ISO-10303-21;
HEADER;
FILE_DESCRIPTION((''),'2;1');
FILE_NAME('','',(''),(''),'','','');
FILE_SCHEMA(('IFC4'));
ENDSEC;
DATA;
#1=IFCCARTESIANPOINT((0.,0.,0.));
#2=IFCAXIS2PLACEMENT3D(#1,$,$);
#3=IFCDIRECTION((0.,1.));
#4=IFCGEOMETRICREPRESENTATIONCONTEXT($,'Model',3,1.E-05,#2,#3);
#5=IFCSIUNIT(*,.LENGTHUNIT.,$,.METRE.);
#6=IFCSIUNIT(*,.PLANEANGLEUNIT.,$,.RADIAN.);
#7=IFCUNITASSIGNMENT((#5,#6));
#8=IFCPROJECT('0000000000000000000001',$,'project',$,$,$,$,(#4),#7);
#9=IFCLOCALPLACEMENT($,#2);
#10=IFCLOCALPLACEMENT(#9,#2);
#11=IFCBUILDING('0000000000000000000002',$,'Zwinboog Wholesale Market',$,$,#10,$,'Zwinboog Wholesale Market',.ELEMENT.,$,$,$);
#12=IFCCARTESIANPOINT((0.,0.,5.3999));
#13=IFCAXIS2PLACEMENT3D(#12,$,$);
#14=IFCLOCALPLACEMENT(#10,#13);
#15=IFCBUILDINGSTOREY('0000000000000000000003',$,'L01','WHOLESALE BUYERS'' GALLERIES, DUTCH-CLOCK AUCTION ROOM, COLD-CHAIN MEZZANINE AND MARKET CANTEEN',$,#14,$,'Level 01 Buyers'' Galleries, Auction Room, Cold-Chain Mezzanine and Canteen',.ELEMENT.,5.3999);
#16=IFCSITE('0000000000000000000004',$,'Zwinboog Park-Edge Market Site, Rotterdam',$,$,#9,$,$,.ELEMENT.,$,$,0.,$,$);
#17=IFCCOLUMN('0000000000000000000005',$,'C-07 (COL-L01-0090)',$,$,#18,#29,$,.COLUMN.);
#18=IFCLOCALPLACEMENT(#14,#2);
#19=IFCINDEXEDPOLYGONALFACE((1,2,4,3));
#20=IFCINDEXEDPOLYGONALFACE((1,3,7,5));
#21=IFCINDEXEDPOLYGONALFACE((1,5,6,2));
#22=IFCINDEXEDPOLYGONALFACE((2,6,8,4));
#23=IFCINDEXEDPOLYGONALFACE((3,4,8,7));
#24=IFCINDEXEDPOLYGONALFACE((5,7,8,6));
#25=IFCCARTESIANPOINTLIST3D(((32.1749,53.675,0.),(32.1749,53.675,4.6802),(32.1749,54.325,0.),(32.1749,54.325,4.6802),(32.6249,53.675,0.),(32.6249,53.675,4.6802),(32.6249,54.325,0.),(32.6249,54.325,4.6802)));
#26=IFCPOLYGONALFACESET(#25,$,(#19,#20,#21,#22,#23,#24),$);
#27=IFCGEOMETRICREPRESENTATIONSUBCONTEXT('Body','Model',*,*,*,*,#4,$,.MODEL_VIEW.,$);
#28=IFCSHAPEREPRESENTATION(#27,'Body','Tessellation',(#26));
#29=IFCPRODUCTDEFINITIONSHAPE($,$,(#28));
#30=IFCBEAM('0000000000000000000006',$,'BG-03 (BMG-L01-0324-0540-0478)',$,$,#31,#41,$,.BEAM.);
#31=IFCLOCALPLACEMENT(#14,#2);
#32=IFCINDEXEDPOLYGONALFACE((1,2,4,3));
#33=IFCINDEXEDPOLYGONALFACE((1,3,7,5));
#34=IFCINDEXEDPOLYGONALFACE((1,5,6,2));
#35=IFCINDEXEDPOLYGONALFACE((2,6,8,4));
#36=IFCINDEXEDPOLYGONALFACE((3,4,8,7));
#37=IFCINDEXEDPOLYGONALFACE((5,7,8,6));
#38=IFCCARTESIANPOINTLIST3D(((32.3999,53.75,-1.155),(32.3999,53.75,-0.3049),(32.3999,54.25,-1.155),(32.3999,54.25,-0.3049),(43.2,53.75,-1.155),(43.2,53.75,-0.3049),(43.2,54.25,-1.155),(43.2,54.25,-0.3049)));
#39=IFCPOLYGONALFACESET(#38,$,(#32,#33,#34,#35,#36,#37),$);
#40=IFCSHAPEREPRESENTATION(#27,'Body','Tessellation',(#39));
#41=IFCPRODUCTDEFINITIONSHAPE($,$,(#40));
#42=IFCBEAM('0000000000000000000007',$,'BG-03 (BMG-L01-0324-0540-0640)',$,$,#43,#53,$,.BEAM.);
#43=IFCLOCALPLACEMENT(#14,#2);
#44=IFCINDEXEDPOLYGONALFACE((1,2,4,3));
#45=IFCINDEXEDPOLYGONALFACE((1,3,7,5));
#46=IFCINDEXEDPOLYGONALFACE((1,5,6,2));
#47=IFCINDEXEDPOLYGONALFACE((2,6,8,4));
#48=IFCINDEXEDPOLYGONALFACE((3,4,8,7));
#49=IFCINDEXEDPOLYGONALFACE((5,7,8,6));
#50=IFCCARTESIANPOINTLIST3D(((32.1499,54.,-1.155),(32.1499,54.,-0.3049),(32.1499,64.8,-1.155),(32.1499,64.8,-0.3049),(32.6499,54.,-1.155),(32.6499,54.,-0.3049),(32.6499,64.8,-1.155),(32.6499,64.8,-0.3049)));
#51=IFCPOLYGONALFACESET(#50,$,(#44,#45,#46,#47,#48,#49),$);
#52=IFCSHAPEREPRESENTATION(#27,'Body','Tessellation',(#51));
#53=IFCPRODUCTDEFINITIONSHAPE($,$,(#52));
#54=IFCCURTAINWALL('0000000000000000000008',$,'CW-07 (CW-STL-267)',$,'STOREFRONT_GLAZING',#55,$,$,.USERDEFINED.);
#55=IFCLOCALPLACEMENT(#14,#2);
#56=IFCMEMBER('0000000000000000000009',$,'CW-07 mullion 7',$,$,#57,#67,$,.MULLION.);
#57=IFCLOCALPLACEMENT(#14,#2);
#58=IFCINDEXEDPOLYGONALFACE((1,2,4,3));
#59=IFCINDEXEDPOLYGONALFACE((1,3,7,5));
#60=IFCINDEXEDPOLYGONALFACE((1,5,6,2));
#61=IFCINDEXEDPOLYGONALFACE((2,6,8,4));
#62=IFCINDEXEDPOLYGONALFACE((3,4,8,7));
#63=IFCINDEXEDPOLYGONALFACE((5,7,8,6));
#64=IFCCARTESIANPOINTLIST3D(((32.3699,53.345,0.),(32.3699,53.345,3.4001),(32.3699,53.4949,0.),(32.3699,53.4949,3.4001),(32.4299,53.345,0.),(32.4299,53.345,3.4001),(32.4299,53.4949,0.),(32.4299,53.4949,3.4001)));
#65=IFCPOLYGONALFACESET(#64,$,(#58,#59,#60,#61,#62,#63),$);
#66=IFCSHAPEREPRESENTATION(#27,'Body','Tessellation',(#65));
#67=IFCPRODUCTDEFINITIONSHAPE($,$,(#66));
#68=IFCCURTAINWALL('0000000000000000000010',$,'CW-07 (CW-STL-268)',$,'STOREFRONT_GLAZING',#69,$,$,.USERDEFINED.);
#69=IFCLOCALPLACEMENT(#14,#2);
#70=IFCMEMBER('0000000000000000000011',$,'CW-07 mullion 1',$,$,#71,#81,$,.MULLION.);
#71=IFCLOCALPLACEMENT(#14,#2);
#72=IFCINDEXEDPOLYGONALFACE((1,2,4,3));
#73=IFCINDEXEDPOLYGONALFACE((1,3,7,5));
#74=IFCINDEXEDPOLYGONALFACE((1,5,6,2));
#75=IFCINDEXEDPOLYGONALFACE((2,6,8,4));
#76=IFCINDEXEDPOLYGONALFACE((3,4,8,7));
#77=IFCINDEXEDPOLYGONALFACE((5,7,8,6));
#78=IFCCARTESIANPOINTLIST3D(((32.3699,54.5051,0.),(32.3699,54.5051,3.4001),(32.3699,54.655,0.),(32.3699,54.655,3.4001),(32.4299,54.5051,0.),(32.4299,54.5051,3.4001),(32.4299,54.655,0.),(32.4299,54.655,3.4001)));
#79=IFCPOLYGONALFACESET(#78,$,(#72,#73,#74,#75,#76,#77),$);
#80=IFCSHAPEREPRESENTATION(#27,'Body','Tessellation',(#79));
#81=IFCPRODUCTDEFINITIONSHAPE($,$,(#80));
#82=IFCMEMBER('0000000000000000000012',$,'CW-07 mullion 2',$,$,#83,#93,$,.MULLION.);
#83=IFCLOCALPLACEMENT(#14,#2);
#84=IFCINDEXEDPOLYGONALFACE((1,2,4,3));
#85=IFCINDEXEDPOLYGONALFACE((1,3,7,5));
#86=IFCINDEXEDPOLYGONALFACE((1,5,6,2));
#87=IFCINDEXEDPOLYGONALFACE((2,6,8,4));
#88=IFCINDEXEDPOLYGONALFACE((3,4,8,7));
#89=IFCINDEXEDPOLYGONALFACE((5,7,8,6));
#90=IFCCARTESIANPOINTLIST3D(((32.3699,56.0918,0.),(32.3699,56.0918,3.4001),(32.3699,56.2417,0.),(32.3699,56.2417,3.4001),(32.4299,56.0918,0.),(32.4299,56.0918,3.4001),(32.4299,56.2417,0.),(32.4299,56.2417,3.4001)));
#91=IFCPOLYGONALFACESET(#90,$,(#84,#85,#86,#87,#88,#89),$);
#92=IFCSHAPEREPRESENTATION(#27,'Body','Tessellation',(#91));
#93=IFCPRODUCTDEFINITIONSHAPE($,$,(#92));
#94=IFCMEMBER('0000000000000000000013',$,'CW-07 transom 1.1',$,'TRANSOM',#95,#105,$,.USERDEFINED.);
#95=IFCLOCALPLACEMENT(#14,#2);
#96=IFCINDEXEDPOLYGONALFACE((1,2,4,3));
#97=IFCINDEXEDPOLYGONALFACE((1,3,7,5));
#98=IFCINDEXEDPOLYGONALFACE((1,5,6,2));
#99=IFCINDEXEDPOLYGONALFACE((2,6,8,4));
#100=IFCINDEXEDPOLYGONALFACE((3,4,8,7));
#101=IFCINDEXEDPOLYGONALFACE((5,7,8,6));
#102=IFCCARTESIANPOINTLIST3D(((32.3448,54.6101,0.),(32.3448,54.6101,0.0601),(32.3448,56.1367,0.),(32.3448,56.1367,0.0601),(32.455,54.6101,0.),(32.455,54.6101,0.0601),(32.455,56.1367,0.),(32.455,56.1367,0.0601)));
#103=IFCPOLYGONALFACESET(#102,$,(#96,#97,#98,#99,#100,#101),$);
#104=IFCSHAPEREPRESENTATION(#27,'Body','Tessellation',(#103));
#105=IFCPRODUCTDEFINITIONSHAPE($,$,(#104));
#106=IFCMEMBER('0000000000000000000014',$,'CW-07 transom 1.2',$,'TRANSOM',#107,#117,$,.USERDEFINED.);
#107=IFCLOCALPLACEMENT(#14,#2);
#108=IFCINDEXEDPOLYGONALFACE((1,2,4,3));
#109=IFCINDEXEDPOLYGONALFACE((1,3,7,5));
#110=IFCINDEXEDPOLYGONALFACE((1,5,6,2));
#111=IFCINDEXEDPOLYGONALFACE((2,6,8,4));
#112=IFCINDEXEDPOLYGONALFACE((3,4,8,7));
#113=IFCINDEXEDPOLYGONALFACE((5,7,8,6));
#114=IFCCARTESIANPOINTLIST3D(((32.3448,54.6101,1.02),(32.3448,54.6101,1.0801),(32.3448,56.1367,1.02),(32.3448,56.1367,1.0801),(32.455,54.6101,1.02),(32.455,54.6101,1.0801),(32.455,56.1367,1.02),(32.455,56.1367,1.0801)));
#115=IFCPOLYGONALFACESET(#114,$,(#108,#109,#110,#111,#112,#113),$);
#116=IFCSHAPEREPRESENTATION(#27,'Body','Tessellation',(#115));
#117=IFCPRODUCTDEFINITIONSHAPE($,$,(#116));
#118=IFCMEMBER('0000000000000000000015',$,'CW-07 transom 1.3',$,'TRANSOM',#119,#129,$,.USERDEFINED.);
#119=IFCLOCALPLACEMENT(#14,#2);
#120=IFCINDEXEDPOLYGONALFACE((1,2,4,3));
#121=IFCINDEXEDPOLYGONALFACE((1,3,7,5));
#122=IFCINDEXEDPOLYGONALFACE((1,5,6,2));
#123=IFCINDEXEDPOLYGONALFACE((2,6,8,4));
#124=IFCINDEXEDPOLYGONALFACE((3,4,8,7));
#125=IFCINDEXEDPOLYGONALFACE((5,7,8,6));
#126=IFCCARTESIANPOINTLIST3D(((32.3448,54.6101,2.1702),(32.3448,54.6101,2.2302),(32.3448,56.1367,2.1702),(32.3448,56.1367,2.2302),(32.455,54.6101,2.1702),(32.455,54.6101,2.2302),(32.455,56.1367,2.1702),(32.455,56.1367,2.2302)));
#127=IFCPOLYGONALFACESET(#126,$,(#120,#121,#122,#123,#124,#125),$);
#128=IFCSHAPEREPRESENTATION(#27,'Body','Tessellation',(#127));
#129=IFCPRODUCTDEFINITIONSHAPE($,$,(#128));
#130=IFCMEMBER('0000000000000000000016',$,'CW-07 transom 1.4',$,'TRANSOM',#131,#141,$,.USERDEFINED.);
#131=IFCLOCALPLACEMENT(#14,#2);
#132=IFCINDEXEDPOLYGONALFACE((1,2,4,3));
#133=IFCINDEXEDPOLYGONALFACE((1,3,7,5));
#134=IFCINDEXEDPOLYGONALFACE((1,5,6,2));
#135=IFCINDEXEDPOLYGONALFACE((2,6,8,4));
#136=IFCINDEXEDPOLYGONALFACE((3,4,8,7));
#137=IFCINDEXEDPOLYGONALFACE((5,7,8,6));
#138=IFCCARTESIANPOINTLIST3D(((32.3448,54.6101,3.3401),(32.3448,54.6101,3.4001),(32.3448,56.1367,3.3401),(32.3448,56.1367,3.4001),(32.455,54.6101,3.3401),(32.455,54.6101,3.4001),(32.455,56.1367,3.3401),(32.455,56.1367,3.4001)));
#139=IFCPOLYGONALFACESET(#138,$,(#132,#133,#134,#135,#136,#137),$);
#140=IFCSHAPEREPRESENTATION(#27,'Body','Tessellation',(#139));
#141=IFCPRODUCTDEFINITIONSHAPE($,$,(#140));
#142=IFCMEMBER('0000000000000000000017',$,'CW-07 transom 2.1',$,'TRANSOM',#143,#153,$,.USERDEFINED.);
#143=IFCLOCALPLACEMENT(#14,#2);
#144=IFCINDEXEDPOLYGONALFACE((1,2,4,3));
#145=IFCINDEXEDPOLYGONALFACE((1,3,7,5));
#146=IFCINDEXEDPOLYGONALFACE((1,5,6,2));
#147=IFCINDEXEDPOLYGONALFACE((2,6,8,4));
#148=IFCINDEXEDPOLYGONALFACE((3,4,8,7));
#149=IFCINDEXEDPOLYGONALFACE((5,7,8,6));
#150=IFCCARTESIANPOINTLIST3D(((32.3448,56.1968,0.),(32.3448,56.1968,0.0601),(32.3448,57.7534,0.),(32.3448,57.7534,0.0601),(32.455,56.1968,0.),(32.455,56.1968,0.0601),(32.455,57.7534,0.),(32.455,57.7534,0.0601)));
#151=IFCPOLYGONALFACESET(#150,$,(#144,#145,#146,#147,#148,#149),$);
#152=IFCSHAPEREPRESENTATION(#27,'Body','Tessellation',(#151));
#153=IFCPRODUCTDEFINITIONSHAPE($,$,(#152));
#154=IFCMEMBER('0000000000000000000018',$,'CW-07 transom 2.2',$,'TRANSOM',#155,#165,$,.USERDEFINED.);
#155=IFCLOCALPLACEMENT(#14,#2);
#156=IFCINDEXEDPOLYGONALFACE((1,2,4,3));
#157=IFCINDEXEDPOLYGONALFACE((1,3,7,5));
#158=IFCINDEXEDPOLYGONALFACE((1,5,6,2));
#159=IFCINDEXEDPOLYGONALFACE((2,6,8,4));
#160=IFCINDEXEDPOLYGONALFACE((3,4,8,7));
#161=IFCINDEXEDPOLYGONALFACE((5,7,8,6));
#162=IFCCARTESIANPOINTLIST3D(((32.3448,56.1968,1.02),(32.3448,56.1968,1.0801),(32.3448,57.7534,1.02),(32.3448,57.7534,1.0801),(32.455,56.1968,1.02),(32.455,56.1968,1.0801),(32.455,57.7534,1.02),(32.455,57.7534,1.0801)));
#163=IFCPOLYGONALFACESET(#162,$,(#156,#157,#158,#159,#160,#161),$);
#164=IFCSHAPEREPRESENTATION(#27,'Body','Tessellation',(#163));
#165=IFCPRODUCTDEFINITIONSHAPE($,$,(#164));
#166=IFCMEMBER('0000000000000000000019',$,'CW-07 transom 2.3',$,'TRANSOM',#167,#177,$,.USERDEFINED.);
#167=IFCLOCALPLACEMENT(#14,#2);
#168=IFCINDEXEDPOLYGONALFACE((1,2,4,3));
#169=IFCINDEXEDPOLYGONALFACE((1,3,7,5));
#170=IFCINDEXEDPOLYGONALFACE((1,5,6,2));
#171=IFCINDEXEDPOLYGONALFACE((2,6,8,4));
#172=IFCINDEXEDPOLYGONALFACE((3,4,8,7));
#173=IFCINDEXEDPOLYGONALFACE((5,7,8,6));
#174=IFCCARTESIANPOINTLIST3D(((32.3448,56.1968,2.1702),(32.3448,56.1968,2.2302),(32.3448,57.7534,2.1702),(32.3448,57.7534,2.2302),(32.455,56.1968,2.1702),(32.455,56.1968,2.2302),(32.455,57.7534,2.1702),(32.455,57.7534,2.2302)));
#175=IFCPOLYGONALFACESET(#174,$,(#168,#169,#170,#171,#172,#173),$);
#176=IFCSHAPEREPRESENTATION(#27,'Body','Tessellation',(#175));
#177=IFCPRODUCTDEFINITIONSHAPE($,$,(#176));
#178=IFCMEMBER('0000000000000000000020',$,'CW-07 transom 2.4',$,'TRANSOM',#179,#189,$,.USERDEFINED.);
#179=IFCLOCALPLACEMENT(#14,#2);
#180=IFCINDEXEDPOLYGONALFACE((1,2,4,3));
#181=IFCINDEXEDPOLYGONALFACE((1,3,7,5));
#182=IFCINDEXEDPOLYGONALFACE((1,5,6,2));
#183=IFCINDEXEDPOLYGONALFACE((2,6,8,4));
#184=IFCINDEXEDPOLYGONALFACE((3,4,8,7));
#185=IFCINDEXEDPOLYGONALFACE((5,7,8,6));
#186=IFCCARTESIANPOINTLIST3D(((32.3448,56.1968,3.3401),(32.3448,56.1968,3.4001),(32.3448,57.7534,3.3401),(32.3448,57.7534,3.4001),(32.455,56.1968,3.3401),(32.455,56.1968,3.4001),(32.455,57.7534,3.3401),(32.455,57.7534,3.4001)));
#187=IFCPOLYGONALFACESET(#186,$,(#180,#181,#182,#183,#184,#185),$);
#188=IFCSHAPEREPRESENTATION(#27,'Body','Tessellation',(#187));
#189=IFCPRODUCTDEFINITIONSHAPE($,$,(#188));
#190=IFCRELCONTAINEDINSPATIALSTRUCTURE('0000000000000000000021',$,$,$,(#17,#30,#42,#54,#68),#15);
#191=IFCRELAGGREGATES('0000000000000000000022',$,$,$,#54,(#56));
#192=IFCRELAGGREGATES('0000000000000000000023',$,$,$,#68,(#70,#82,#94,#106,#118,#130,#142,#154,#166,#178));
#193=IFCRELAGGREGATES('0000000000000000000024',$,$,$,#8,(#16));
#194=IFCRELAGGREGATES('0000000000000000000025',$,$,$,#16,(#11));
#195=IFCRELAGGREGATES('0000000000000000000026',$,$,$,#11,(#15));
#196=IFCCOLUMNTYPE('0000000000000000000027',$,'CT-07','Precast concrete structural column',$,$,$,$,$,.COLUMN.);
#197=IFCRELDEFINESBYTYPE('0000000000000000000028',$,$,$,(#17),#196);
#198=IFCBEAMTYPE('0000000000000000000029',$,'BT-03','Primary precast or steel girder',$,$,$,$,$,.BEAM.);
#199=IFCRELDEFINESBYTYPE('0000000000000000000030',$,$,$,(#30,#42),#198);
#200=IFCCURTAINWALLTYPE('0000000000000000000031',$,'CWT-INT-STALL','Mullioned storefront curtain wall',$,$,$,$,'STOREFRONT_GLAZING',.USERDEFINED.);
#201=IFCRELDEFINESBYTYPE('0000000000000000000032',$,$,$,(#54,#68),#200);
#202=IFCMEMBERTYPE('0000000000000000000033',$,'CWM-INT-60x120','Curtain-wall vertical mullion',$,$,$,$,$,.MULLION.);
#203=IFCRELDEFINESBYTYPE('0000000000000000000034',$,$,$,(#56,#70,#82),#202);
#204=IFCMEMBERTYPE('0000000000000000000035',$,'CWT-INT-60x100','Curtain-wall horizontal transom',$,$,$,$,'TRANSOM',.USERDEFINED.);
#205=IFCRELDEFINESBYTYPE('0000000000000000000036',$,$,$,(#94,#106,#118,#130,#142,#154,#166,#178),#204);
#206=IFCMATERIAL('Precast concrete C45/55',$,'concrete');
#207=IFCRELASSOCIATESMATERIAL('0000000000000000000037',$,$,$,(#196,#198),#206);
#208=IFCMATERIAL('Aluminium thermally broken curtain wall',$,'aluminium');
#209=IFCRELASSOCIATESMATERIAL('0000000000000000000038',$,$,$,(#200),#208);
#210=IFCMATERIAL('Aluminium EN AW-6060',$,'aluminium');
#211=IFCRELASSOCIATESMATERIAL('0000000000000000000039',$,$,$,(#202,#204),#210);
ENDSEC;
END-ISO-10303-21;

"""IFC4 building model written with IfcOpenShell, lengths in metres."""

from ifc_helpers import new_model, si_unit, direction, frame, origin, origin_2d, place, context, subcontext, project, spatial, rectangle, extrude, material, material_profile, profile_set, type_object, element, aggregate, save


model = new_model("IFC4")

# Units and contexts
model_context = context("Model", 3, precision=1e-05, world=origin(), true_north=direction((0.0, 1.0)))
body_context = subcontext(model_context, "Body", "Model", "MODEL_VIEW")
ifc_project = project(units=[si_unit("LENGTHUNIT", "METRE"), si_unit("PLANEANGLEUNIT", "RADIAN")], contexts=[model_context])

# Site, building, storey
site_placement = place(None, origin())
site = spatial("IfcSite", under=ifc_project, at=site_placement, Name="Zwinboog Park-Edge Market Site, Rotterdam", CompositionType="ELEMENT", RefElevation=0.0)
building_placement = place(site_placement, origin())
building = spatial("IfcBuilding", under=site, at=building_placement, Name="Zwinboog Wholesale Market", LongName="Zwinboog Wholesale Market", CompositionType="ELEMENT")
storey_placement = place(building_placement, frame((0.0, 0.0, 5.3999)))
storey = spatial("IfcBuildingStorey", under=building, at=storey_placement, Name="L01", Description="WHOLESALE BUYERS' GALLERIES, DUTCH-CLOCK AUCTION ROOM, COLD-CHAIN MEZZANINE AND MARKET CANTEEN", LongName="Level 01 Buyers' Galleries, Auction Room, Cold-Chain Mezzanine and Canteen", CompositionType="ELEMENT", Elevation=5.3999)

# Column
ifc_material_1 = material(Name="Precast concrete C45/55", Category="concrete")
ifc_material_profile_1 = material_profile(ifc_material_1, rectangle(XDim=0.45, YDim=0.6499, at=origin_2d()), Name="PC 450x650")
ifc_profile_set_1 = profile_set([ifc_material_profile_1], Name="Precast concrete C45/55")
column_type = type_object("IfcColumnType", Name="CT-07", Description="Precast concrete structural column", PredefinedType="COLUMN", material=ifc_profile_set_1)
column_placement = place(storey_placement, frame((32.3999, 54.0, 0.0), z_axis=(0.0, 0.0, 1.0), x_axis=(1.0, 0.0, 0.0)))
element("IfcColumn", 1, at=column_placement, inside=storey, type_object=column_type, Name="C-07 (COL-L01-0090)", PredefinedType="COLUMN", context=body_context, shape_type="SweptSolid", body=[
    extrude(rectangle(XDim=0.45, YDim=0.6499, at=origin_2d()), origin(), (0.0, 0.0, 1.0), 4.6802),
])

# Beams
ifc_material_profile_2 = material_profile(ifc_material_1, rectangle(XDim=0.5, YDim=0.8501, at=origin_2d()), Name="PC 500x850")
ifc_profile_set_2 = profile_set([ifc_material_profile_2], Name="Precast concrete C45/55")
beam_type = type_object("IfcBeamType", Name="BT-03", Description="Primary precast or steel girder", PredefinedType="BEAM", material=ifc_profile_set_2)
for number, where, z_axis, x_axis, name in (
    (2, (32.3999, 54.0, -0.73), (1.0, 0.0, 0.0), (0.0, 1.0, 0.0), "BG-03 (BMG-L01-0324-0540-0478)"),
    (3, (32.3999, 54.0, -0.73), (0.0, 1.0, 0.0), (-1.0, 0.0, 0.0), "BG-03 (BMG-L01-0324-0540-0640)"),
):
    element("IfcBeam", number, at=place(storey_placement, frame(where, z_axis=z_axis, x_axis=x_axis)), inside=storey, type_object=beam_type, Name=name, PredefinedType="BEAM", context=body_context, shape_type="SweptSolid", body=[
        extrude(rectangle(XDim=0.5, YDim=0.8501, at=origin_2d()), origin(), (0.0, 0.0, 1.0), 10.8),
    ])

# Curtain wall, member
ifc_material_2 = material(Name="Aluminium thermally broken curtain wall", Category="aluminium")
curtain_wall_type = type_object("IfcCurtainWallType", Name="CWT-INT-STALL", Description="Mullioned storefront curtain wall", ElementType="STOREFRONT_GLAZING", PredefinedType="USERDEFINED", material=ifc_material_2)
curtain_wall_1_placement = place(storey_placement, origin())
curtain_wall_1 = element("IfcCurtainWall", 4, at=curtain_wall_1_placement, inside=storey, type_object=curtain_wall_type, Name="CW-07 (CW-STL-267)", ObjectType="STOREFRONT_GLAZING", PredefinedType="USERDEFINED")
ifc_material_3 = material(Name="Aluminium EN AW-6060", Category="aluminium")
ifc_material_profile_3 = material_profile(ifc_material_3, rectangle(XDim=0.0601, YDim=0.1499, at=origin_2d()), Name="AL 60x150")
ifc_profile_set_3 = profile_set([ifc_material_profile_3], Name="Aluminium EN AW-6060")
member_type_1 = type_object("IfcMemberType", Name="CWM-INT-60x120", Description="Curtain-wall vertical mullion", PredefinedType="MULLION", material=ifc_profile_set_3)
member_1_placement = place(storey_placement, frame((32.3999, 53.4199, 0.0), z_axis=(0.0, 0.0, 1.0), x_axis=(-1.0, 0.0, 0.0)))
member_1 = element("IfcMember", 5, at=member_1_placement, type_object=member_type_1, Name="CW-07 mullion 7", PredefinedType="MULLION", context=body_context, shape_type="SweptSolid", body=[
    extrude(rectangle(XDim=0.0601, YDim=0.1499, at=origin_2d()), origin(), (0.0, 0.0, 1.0), 3.4001),
])

# Curtain wall, members
curtain_wall_2_placement = place(storey_placement, origin())
curtain_wall_2 = element("IfcCurtainWall", 6, at=curtain_wall_2_placement, inside=storey, type_object=curtain_wall_type, Name="CW-07 (CW-STL-268)", ObjectType="STOREFRONT_GLAZING", PredefinedType="USERDEFINED")
member_2_placement = place(storey_placement, frame((32.3999, 54.5801, 0.0), z_axis=(0.0, 0.0, 1.0), x_axis=(-1.0, 0.0, 0.0)))
member_2 = element("IfcMember", 7, at=member_2_placement, type_object=member_type_1, Name="CW-07 mullion 1", PredefinedType="MULLION", context=body_context, shape_type="SweptSolid", body=[
    extrude(rectangle(XDim=0.0601, YDim=0.1499, at=origin_2d()), origin(), (0.0, 0.0, 1.0), 3.4001),
])
member_3_placement = place(storey_placement, frame((32.3999, 56.1667, 0.0), z_axis=(0.0, 0.0, 1.0), x_axis=(-1.0, 0.0, 0.0)))
member_3 = element("IfcMember", 8, at=member_3_placement, type_object=member_type_1, Name="CW-07 mullion 2", PredefinedType="MULLION", context=body_context, shape_type="SweptSolid", body=[
    extrude(rectangle(XDim=0.0601, YDim=0.1499, at=origin_2d()), origin(), (0.0, 0.0, 1.0), 3.4001),
])
ifc_material_profile_4 = material_profile(ifc_material_3, rectangle(XDim=0.1101, YDim=0.0601, at=origin_2d()), Name="AL 60x110")
ifc_profile_set_4 = profile_set([ifc_material_profile_4], Name="Aluminium EN AW-6060")
member_type_2 = type_object("IfcMemberType", Name="CWT-INT-60x100", Description="Curtain-wall horizontal transom", ElementType="TRANSOM", PredefinedType="USERDEFINED", material=ifc_profile_set_4)
member_4_placement = place(storey_placement, frame((32.3999, 54.6101, 0.03), z_axis=(0.0, 1.0, 0.0), x_axis=(-1.0, 0.0, 0.0)))
member_4 = element("IfcMember", 9, at=member_4_placement, type_object=member_type_2, Name="CW-07 transom 1.1", ObjectType="TRANSOM", PredefinedType="USERDEFINED", context=body_context, shape_type="SweptSolid", body=[
    extrude(rectangle(XDim=0.1101, YDim=0.0601, at=origin_2d()), origin(), (0.0, 0.0, 1.0), 1.5266),
])
member_5_placement = place(storey_placement, frame((32.3999, 54.6101, 1.05), z_axis=(0.0, 1.0, 0.0), x_axis=(-1.0, 0.0, 0.0)))
member_5 = element("IfcMember", 10, at=member_5_placement, type_object=member_type_2, Name="CW-07 transom 1.2", ObjectType="TRANSOM", PredefinedType="USERDEFINED", context=body_context, shape_type="SweptSolid", body=[
    extrude(rectangle(XDim=0.1101, YDim=0.0601, at=origin_2d()), origin(), (0.0, 0.0, 1.0), 1.5266),
])
member_6_placement = place(storey_placement, frame((32.3999, 54.6101, 2.2002), z_axis=(0.0, 1.0, 0.0), x_axis=(-1.0, 0.0, 0.0)))
member_6 = element("IfcMember", 11, at=member_6_placement, type_object=member_type_2, Name="CW-07 transom 1.3", ObjectType="TRANSOM", PredefinedType="USERDEFINED", context=body_context, shape_type="SweptSolid", body=[
    extrude(rectangle(XDim=0.1101, YDim=0.0601, at=origin_2d()), origin(), (0.0, 0.0, 1.0), 1.5266),
])
member_7_placement = place(storey_placement, frame((32.3999, 54.6101, 3.3701), z_axis=(0.0, 1.0, 0.0), x_axis=(-1.0, 0.0, 0.0)))
member_7 = element("IfcMember", 12, at=member_7_placement, type_object=member_type_2, Name="CW-07 transom 1.4", ObjectType="TRANSOM", PredefinedType="USERDEFINED", context=body_context, shape_type="SweptSolid", body=[
    extrude(rectangle(XDim=0.1101, YDim=0.0601, at=origin_2d()), origin(), (0.0, 0.0, 1.0), 1.5266),
])
member_8_placement = place(storey_placement, frame((32.3999, 56.1968, 0.03), z_axis=(0.0, 1.0, 0.0), x_axis=(-1.0, 0.0, 0.0)))
member_8 = element("IfcMember", 13, at=member_8_placement, type_object=member_type_2, Name="CW-07 transom 2.1", ObjectType="TRANSOM", PredefinedType="USERDEFINED", context=body_context, shape_type="SweptSolid", body=[
    extrude(rectangle(XDim=0.1101, YDim=0.0601, at=origin_2d()), origin(), (0.0, 0.0, 1.0), 1.5566),
])
member_9_placement = place(storey_placement, frame((32.3999, 56.1968, 1.05), z_axis=(0.0, 1.0, 0.0), x_axis=(-1.0, 0.0, 0.0)))
member_9 = element("IfcMember", 14, at=member_9_placement, type_object=member_type_2, Name="CW-07 transom 2.2", ObjectType="TRANSOM", PredefinedType="USERDEFINED", context=body_context, shape_type="SweptSolid", body=[
    extrude(rectangle(XDim=0.1101, YDim=0.0601, at=origin_2d()), origin(), (0.0, 0.0, 1.0), 1.5566),
])
member_10_placement = place(storey_placement, frame((32.3999, 56.1968, 2.2002), z_axis=(0.0, 1.0, 0.0), x_axis=(-1.0, 0.0, 0.0)))
member_10 = element("IfcMember", 15, at=member_10_placement, type_object=member_type_2, Name="CW-07 transom 2.3", ObjectType="TRANSOM", PredefinedType="USERDEFINED", context=body_context, shape_type="SweptSolid", body=[
    extrude(rectangle(XDim=0.1101, YDim=0.0601, at=origin_2d()), origin(), (0.0, 0.0, 1.0), 1.5566),
])
member_11_placement = place(storey_placement, frame((32.3999, 56.1968, 3.3701), z_axis=(0.0, 1.0, 0.0), x_axis=(-1.0, 0.0, 0.0)))
member_11 = element("IfcMember", 16, at=member_11_placement, type_object=member_type_2, Name="CW-07 transom 2.4", ObjectType="TRANSOM", PredefinedType="USERDEFINED", context=body_context, shape_type="SweptSolid", body=[
    extrude(rectangle(XDim=0.1101, YDim=0.0601, at=origin_2d()), origin(), (0.0, 0.0, 1.0), 1.5566),
])

aggregate(curtain_wall_1, [member_1])
aggregate(curtain_wall_2, [member_2, member_3, member_4, member_5, member_6, member_7, member_8, member_9, member_10, member_11])

save(model, "model.ifc")
